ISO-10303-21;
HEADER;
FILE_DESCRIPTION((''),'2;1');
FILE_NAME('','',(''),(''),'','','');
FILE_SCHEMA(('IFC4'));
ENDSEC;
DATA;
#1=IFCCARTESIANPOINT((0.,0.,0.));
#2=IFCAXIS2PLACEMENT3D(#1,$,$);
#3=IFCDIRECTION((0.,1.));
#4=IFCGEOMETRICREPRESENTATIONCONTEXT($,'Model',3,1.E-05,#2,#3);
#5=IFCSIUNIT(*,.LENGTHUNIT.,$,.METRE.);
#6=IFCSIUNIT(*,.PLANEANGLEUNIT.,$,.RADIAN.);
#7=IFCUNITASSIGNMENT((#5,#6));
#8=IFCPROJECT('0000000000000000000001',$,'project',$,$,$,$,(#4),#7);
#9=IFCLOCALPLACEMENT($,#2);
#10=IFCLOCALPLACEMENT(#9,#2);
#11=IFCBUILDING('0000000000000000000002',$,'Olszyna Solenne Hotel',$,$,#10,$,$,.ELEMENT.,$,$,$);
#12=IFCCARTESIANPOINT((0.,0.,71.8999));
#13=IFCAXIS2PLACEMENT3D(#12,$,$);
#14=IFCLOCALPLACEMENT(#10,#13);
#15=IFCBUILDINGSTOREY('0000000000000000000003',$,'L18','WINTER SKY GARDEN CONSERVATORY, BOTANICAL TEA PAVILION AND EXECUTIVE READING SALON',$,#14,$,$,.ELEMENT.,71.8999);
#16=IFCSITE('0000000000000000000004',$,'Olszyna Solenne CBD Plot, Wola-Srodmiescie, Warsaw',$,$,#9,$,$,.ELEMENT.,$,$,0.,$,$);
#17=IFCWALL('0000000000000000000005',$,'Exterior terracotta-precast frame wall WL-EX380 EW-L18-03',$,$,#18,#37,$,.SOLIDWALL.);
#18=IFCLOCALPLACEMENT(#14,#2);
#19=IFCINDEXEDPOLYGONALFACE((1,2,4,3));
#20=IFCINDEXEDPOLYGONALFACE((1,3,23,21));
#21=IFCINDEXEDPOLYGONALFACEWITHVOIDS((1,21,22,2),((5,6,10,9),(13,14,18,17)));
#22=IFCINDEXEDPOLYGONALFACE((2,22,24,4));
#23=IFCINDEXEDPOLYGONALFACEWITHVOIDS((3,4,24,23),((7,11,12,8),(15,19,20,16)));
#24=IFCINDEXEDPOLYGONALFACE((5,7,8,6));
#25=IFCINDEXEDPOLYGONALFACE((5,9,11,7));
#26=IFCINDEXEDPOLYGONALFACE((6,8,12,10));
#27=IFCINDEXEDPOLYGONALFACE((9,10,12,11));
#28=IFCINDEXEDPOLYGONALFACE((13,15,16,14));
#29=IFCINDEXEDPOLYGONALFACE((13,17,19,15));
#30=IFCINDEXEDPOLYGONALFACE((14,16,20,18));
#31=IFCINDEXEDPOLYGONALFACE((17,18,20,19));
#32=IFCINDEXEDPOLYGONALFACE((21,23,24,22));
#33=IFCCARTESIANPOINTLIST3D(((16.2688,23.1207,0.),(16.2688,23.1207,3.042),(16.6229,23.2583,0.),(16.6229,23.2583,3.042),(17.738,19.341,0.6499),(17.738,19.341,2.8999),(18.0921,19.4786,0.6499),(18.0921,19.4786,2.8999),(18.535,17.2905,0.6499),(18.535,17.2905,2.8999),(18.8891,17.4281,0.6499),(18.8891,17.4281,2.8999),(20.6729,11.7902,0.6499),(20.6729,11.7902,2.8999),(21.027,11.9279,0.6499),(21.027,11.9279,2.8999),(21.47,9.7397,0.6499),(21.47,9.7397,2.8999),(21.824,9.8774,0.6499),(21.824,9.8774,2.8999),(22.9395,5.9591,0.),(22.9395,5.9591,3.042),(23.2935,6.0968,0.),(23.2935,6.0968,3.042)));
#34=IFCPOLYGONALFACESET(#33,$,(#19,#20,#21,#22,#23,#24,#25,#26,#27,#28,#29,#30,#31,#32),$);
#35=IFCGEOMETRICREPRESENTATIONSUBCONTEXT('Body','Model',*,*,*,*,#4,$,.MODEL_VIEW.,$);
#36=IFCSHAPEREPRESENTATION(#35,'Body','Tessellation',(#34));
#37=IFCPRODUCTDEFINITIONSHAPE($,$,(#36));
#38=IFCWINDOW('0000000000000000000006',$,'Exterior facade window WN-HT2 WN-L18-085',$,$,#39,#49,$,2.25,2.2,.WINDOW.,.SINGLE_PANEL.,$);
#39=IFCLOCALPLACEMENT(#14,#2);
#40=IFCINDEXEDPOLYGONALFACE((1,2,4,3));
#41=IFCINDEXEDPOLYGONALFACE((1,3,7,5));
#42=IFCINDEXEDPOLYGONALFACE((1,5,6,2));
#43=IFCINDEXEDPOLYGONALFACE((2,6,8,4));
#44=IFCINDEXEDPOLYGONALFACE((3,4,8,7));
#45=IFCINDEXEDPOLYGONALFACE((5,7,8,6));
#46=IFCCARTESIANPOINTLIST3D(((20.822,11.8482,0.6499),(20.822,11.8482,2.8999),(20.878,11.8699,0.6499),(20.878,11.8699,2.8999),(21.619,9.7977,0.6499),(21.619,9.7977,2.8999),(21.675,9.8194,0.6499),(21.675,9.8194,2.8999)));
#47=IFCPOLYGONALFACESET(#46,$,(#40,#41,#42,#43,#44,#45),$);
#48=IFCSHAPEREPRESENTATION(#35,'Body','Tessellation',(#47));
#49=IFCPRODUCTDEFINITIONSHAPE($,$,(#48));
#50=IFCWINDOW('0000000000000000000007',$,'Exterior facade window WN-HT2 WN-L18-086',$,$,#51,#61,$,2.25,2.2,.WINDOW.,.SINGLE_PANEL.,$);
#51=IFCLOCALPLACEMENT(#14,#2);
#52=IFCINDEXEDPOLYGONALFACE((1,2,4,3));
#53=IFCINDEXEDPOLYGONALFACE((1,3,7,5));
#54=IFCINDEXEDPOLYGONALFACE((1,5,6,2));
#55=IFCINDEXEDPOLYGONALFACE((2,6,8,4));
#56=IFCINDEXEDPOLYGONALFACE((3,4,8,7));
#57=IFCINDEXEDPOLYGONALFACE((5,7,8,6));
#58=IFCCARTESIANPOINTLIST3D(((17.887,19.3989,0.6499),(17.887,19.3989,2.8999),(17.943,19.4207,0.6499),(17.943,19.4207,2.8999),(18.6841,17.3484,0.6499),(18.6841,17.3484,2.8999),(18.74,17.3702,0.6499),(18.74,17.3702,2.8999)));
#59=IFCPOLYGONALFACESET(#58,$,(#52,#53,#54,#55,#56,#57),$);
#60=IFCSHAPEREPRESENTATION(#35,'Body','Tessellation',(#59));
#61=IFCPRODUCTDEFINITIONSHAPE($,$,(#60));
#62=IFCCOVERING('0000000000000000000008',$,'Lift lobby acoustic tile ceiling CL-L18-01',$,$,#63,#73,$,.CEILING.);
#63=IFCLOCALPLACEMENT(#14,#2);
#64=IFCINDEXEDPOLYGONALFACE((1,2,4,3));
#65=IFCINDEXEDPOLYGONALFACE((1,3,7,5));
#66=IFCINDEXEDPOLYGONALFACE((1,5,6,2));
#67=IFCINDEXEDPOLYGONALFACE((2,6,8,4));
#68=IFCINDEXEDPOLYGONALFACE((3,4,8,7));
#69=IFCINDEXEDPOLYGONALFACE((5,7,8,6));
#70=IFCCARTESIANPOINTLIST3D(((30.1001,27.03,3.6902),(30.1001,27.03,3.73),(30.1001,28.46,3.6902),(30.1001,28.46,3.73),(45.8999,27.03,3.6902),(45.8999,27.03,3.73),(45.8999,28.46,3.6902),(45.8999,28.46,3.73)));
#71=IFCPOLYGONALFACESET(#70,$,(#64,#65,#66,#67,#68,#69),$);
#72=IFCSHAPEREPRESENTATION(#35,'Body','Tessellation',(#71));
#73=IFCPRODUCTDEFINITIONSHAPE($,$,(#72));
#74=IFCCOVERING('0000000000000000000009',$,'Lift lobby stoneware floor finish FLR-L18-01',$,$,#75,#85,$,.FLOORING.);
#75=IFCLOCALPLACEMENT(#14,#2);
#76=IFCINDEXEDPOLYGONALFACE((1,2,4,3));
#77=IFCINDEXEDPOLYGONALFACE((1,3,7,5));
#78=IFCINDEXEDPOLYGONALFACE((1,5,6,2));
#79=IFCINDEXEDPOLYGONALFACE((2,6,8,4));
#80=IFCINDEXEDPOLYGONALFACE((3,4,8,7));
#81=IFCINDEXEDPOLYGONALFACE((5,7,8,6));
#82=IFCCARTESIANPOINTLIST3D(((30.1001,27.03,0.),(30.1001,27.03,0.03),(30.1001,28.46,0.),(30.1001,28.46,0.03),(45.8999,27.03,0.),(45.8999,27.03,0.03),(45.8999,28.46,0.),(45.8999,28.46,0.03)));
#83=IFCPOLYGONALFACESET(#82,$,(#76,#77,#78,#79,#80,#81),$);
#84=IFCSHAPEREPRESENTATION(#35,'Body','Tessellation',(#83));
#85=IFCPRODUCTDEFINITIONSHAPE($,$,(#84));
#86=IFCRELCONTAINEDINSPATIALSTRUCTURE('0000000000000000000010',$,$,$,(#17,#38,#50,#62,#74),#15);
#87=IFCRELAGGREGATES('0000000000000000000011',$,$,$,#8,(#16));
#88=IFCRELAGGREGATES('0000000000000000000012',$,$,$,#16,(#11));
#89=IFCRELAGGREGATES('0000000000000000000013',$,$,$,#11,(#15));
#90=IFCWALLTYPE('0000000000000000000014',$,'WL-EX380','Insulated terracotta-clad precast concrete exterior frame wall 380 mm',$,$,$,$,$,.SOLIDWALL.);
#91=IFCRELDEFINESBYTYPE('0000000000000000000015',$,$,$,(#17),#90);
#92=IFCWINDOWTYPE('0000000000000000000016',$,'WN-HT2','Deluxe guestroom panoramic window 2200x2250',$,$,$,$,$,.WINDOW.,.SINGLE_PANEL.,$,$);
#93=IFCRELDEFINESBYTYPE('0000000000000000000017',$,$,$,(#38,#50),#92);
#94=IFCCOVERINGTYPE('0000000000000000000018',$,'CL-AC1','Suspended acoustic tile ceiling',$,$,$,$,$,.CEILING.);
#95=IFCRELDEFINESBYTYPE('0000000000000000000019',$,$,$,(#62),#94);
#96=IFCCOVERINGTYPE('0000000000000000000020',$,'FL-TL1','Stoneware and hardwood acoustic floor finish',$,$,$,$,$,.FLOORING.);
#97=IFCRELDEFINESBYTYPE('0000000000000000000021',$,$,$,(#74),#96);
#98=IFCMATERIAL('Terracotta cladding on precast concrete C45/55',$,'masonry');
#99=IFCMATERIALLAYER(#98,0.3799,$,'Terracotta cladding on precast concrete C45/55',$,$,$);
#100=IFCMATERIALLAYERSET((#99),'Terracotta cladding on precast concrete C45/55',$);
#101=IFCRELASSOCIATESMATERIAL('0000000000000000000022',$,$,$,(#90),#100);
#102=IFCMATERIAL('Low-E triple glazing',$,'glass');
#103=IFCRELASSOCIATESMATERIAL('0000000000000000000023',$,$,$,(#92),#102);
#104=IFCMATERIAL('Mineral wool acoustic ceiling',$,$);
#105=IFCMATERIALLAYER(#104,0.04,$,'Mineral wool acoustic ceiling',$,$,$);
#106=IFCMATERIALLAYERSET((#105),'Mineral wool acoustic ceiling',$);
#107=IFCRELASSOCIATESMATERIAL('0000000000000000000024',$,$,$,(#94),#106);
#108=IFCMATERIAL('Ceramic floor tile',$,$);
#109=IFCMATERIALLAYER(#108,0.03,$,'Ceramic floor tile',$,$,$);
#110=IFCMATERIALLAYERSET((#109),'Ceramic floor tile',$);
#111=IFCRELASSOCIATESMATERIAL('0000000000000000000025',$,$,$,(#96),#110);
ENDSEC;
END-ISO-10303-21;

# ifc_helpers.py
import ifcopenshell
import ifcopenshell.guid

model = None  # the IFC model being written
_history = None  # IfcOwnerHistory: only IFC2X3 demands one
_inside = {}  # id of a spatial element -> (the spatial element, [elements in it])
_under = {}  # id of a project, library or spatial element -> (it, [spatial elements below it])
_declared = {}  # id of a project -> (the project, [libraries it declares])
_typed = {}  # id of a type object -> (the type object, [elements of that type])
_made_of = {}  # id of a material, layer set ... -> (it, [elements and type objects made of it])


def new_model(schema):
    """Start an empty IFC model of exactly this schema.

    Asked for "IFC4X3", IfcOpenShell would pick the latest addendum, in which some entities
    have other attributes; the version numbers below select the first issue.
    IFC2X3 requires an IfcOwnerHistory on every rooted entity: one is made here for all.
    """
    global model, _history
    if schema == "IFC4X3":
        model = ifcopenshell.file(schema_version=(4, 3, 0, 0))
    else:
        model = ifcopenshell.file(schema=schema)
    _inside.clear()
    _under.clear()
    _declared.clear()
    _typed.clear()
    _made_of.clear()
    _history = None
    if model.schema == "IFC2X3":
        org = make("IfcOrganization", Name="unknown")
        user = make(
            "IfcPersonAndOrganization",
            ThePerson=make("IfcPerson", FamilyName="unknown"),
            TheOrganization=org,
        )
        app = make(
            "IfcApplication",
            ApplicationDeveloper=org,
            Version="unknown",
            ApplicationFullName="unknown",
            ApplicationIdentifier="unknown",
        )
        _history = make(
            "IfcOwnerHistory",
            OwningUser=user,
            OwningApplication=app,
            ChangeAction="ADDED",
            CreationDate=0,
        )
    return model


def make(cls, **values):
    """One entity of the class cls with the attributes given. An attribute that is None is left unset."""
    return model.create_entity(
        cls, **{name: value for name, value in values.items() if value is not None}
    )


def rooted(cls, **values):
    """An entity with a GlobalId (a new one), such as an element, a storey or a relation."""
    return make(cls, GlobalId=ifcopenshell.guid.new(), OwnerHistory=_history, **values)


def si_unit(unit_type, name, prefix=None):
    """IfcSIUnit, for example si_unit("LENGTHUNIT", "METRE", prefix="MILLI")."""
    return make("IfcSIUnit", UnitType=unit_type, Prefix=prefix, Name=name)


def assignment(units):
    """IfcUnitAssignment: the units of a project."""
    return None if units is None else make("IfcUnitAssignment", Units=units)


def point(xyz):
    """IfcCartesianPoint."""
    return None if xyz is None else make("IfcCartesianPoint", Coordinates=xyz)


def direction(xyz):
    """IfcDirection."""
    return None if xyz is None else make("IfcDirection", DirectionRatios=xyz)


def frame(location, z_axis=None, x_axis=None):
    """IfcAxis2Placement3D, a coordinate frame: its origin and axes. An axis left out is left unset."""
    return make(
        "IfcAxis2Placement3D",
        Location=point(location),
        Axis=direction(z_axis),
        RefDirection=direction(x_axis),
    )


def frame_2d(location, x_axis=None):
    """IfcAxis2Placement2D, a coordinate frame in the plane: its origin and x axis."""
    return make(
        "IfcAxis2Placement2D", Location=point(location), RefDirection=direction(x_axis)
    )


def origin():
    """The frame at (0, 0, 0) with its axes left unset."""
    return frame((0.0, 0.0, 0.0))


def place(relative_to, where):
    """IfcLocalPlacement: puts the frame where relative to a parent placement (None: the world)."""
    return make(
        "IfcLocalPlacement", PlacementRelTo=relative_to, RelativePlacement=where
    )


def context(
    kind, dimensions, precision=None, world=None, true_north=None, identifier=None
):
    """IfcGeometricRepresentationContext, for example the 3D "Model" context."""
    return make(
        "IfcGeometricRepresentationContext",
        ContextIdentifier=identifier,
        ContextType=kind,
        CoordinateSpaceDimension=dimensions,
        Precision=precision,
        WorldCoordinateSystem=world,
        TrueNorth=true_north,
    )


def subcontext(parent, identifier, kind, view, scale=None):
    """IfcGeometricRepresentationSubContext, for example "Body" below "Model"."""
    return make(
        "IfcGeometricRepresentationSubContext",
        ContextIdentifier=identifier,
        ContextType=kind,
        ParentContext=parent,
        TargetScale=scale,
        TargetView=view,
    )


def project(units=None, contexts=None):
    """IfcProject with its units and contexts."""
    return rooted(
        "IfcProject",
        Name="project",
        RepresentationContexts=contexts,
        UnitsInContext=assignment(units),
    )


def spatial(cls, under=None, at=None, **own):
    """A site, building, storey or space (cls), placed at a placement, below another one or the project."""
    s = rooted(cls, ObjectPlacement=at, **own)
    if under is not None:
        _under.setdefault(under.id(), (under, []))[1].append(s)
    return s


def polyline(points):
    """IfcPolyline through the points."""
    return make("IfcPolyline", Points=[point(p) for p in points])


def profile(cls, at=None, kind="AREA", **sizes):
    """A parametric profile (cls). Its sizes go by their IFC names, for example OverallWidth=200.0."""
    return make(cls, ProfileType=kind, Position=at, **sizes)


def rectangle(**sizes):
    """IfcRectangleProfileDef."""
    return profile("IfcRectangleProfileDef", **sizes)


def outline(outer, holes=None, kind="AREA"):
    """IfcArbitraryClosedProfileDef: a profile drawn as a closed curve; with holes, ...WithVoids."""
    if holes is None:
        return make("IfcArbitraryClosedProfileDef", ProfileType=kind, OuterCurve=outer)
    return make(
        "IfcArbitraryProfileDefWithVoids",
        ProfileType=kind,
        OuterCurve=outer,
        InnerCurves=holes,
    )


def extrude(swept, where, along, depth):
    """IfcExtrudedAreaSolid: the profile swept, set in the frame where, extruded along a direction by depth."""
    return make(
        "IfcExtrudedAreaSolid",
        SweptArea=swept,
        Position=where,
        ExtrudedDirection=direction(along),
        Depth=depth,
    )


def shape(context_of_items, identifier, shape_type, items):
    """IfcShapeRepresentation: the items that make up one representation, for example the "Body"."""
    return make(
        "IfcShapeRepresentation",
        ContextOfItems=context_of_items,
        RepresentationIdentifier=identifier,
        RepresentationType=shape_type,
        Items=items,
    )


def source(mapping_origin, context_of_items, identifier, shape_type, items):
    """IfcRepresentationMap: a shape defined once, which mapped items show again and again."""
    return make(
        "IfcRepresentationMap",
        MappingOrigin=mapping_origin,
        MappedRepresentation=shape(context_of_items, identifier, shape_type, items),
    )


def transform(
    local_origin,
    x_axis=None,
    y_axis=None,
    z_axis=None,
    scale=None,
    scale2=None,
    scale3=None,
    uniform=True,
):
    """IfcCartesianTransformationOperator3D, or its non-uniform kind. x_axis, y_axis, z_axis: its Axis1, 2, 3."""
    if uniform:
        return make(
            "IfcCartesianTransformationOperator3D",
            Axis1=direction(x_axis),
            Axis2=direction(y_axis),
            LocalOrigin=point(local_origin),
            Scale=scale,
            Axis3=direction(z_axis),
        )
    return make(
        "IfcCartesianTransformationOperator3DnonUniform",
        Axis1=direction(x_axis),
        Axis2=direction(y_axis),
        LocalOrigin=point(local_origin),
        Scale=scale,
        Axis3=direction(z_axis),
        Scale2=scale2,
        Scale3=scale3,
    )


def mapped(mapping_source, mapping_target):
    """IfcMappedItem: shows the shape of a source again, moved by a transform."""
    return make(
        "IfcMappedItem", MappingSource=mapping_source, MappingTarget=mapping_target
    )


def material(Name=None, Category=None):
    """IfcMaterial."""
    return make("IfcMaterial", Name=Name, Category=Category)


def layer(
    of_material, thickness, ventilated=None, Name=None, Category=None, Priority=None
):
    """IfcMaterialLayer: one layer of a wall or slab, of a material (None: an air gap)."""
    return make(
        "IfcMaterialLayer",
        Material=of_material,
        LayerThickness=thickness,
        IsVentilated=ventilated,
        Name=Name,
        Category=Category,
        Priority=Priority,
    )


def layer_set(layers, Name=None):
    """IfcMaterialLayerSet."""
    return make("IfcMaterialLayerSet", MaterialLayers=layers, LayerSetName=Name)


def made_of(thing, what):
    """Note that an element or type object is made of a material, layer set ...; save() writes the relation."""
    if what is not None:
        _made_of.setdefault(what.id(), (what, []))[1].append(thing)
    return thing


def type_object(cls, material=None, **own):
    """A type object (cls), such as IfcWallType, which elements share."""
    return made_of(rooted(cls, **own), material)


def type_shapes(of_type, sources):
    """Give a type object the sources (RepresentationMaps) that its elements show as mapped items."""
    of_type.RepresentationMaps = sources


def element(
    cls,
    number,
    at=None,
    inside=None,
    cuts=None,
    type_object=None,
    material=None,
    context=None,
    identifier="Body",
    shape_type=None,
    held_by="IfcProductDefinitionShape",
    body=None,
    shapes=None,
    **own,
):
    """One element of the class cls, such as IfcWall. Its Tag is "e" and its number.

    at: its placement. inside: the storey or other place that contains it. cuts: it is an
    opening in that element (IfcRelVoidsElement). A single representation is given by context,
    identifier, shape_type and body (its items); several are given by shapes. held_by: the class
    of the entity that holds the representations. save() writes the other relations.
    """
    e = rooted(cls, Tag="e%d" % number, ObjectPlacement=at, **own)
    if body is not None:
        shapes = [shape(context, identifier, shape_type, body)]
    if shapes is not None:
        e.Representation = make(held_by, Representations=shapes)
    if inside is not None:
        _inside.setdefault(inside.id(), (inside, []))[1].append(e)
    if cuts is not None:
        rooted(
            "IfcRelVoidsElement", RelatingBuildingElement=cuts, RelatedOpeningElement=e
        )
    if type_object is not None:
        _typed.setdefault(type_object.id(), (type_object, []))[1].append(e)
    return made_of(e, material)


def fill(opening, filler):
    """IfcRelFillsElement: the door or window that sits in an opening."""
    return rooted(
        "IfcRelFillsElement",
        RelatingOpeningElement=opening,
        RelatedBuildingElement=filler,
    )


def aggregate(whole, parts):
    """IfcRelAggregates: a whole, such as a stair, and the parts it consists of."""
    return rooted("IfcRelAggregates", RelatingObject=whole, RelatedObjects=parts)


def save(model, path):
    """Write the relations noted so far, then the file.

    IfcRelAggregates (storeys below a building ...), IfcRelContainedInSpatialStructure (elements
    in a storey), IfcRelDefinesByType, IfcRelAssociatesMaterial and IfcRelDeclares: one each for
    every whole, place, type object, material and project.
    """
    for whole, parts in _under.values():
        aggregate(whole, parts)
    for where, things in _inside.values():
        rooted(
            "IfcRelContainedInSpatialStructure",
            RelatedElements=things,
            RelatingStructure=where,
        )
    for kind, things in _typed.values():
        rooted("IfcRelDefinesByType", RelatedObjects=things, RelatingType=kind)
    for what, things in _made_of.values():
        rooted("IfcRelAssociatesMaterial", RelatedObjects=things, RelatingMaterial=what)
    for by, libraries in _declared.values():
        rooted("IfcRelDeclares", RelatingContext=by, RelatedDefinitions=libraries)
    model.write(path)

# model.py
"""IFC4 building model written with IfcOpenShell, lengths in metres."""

from ifc_helpers import new_model, si_unit, direction, frame, frame_2d, origin, place, context, subcontext, project, spatial, polyline, rectangle, outline, extrude, source, transform, mapped, material, layer, layer_set, type_object, type_shapes, element, fill, save


model = new_model("IFC4")

# Units and contexts
model_context = context("Model", 3, precision=1e-05, world=origin(), true_north=direction((0.0, 1.0)))
body_context = subcontext(model_context, "Body", "Model", "MODEL_VIEW")
ifc_project = project(units=[si_unit("LENGTHUNIT", "METRE"), si_unit("PLANEANGLEUNIT", "RADIAN")], contexts=[model_context])

# Site, building, storey
site_placement = place(None, origin())
site = spatial("IfcSite", under=ifc_project, at=site_placement, Name="Olszyna Solenne CBD Plot, Wola-Srodmiescie, Warsaw", CompositionType="ELEMENT", RefElevation=0.0)
building_placement = place(site_placement, origin())
building = spatial("IfcBuilding", under=site, at=building_placement, Name="Olszyna Solenne Hotel", CompositionType="ELEMENT")
storey_placement = place(building_placement, frame((0.0, 0.0, 71.8999)))
storey = spatial("IfcBuildingStorey", under=building, at=storey_placement, Name="L18", Description="WINTER SKY GARDEN CONSERVATORY, BOTANICAL TEA PAVILION AND EXECUTIVE READING SALON", CompositionType="ELEMENT", Elevation=71.8999)

# Shared definitions
ifc_material_1 = material(Name="Low-E triple glazing", Category="glass")

# Wall, openings, windows
ifc_material_2 = material(Name="Terracotta cladding on precast concrete C45/55", Category="masonry")
ifc_layer_1 = layer(ifc_material_2, 0.3799, Name="Terracotta cladding on precast concrete C45/55")
ifc_layer_set_1 = layer_set([ifc_layer_1], Name="Terracotta cladding on precast concrete C45/55")
wall_type = type_object("IfcWallType", Name="WL-EX380", Description="Insulated terracotta-clad precast concrete exterior frame wall 380 mm", PredefinedType="SOLIDWALL", material=ifc_layer_set_1)
wall_placement = place(storey_placement, frame((23.1165, 6.0281, 0.0), z_axis=(0.0, 0.0, 1.0), x_axis=(-0.36229, 0.932065, 0.0)))
wall = element("IfcWall", 1, at=wall_placement, inside=storey, type_object=wall_type, Name="Exterior terracotta-precast frame wall WL-EX380 EW-L18-03", PredefinedType="SOLIDWALL", context=body_context, shape_type="SweptSolid", body=[
    extrude(rectangle(XDim=18.4124, YDim=0.3799, at=frame_2d((9.2061, 0.0))), origin(), (0.0, 0.0, 1.0), 3.042),
])
opening_1_placement = place(wall_placement, frame((4.0559, 0.0, 0.6499)))
opening_1 = element("IfcOpeningElement", 2, at=opening_1_placement, cuts=wall, PredefinedType="OPENING", context=body_context, shape_type="SweptSolid", body=[
    extrude(rectangle(XDim=2.2, YDim=2.25, at=frame_2d((1.1001, 1.125))), frame((0.0, 0.2, 0.0), z_axis=(0.0, -1.0, 0.0), x_axis=(1.0, 0.0, 0.0)), (0.0, 0.0, 1.0), 0.3999),
])
opening_2_placement = place(wall_placement, frame((12.157, 0.0, 0.6499)))
opening_2 = element("IfcOpeningElement", 3, at=opening_2_placement, cuts=wall, PredefinedType="OPENING", context=body_context, shape_type="SweptSolid", body=[
    extrude(rectangle(XDim=2.2, YDim=2.25, at=frame_2d((1.1001, 1.125))), frame((0.0, 0.2, 0.0), z_axis=(0.0, -1.0, 0.0), x_axis=(1.0, 0.0, 0.0)), (0.0, 0.0, 1.0), 0.3999),
])
window_type = type_object("IfcWindowType", Name="WN-HT2", Description="Deluxe guestroom panoramic window 2200x2250", PartitioningType="SINGLE_PANEL", PredefinedType="WINDOW", material=ifc_material_1)
shared_shape_1 = source(origin(), body_context, "Body", "SweptSolid", [
    extrude(rectangle(XDim=2.2, YDim=2.25, at=frame_2d((1.1001, 1.125))), frame((0.0, 0.03, 0.0), z_axis=(0.0, -1.0, 0.0), x_axis=(1.0, 0.0, 0.0)), (0.0, 0.0, 1.0), 0.0601),
])
type_shapes(window_type, [shared_shape_1])
window_1_placement = place(opening_1_placement, origin())
window_1 = element("IfcWindow", 4, at=window_1_placement, inside=storey, type_object=window_type, Name="Exterior facade window WN-HT2 WN-L18-085", OverallHeight=2.25, OverallWidth=2.2, PartitioningType="SINGLE_PANEL", PredefinedType="WINDOW", context=body_context, shape_type="MappedRepresentation", body=[
    mapped(shared_shape_1, transform((0.0, 0.0, 0.0), x_axis=(1.0, 0.0, 0.0), y_axis=(0.0, 1.0, 0.0), z_axis=(0.0, 0.0, 1.0), scale=1.0)),
])
fill(opening_1, window_1)
window_2_placement = place(opening_2_placement, origin())
window_2 = element("IfcWindow", 5, at=window_2_placement, inside=storey, type_object=window_type, Name="Exterior facade window WN-HT2 WN-L18-086", OverallHeight=2.25, OverallWidth=2.2, PartitioningType="SINGLE_PANEL", PredefinedType="WINDOW", context=body_context, shape_type="MappedRepresentation", body=[
    mapped(shared_shape_1, transform((0.0, 0.0, 0.0), x_axis=(1.0, 0.0, 0.0), y_axis=(0.0, 1.0, 0.0), z_axis=(0.0, 0.0, 1.0), scale=1.0)),
])
fill(opening_2, window_2)

# Coverings
ifc_material_3 = material(Name="Mineral wool acoustic ceiling")
ifc_layer_2 = layer(ifc_material_3, 0.04, Name="Mineral wool acoustic ceiling")
ifc_layer_set_2 = layer_set([ifc_layer_2], Name="Mineral wool acoustic ceiling")
covering_type_1 = type_object("IfcCoveringType", Name="CL-AC1", Description="Suspended acoustic tile ceiling", PredefinedType="CEILING", material=ifc_layer_set_2)
covering_1_placement = place(storey_placement, frame((0.0, 0.0, 3.6902)))
element("IfcCovering", 6, at=covering_1_placement, inside=storey, type_object=covering_type_1, Name="Lift lobby acoustic tile ceiling CL-L18-01", PredefinedType="CEILING", context=body_context, shape_type="SweptSolid", body=[
    extrude(outline(polyline([(30.1001, 27.03), (45.8999, 27.03), (45.8999, 28.46), (30.1001, 28.46), (30.1001, 27.03)])), origin(), (0.0, 0.0, 1.0), 0.0398),
])
ifc_material_4 = material(Name="Ceramic floor tile")
ifc_layer_3 = layer(ifc_material_4, 0.03, Name="Ceramic floor tile")
ifc_layer_set_3 = layer_set([ifc_layer_3], Name="Ceramic floor tile")
covering_type_2 = type_object("IfcCoveringType", Name="FL-TL1", Description="Stoneware and hardwood acoustic floor finish", PredefinedType="FLOORING", material=ifc_layer_set_3)
covering_2_placement = place(storey_placement, origin())
element("IfcCovering", 7, at=covering_2_placement, inside=storey, type_object=covering_type_2, Name="Lift lobby stoneware floor finish FLR-L18-01", PredefinedType="FLOORING", context=body_context, shape_type="SweptSolid", body=[
    extrude(outline(polyline([(30.1001, 27.03), (45.8999, 27.03), (45.8999, 28.46), (30.1001, 28.46), (30.1001, 27.03)])), origin(), (0.0, 0.0, 1.0), 0.03),
])

save(model, "model.ifc")
